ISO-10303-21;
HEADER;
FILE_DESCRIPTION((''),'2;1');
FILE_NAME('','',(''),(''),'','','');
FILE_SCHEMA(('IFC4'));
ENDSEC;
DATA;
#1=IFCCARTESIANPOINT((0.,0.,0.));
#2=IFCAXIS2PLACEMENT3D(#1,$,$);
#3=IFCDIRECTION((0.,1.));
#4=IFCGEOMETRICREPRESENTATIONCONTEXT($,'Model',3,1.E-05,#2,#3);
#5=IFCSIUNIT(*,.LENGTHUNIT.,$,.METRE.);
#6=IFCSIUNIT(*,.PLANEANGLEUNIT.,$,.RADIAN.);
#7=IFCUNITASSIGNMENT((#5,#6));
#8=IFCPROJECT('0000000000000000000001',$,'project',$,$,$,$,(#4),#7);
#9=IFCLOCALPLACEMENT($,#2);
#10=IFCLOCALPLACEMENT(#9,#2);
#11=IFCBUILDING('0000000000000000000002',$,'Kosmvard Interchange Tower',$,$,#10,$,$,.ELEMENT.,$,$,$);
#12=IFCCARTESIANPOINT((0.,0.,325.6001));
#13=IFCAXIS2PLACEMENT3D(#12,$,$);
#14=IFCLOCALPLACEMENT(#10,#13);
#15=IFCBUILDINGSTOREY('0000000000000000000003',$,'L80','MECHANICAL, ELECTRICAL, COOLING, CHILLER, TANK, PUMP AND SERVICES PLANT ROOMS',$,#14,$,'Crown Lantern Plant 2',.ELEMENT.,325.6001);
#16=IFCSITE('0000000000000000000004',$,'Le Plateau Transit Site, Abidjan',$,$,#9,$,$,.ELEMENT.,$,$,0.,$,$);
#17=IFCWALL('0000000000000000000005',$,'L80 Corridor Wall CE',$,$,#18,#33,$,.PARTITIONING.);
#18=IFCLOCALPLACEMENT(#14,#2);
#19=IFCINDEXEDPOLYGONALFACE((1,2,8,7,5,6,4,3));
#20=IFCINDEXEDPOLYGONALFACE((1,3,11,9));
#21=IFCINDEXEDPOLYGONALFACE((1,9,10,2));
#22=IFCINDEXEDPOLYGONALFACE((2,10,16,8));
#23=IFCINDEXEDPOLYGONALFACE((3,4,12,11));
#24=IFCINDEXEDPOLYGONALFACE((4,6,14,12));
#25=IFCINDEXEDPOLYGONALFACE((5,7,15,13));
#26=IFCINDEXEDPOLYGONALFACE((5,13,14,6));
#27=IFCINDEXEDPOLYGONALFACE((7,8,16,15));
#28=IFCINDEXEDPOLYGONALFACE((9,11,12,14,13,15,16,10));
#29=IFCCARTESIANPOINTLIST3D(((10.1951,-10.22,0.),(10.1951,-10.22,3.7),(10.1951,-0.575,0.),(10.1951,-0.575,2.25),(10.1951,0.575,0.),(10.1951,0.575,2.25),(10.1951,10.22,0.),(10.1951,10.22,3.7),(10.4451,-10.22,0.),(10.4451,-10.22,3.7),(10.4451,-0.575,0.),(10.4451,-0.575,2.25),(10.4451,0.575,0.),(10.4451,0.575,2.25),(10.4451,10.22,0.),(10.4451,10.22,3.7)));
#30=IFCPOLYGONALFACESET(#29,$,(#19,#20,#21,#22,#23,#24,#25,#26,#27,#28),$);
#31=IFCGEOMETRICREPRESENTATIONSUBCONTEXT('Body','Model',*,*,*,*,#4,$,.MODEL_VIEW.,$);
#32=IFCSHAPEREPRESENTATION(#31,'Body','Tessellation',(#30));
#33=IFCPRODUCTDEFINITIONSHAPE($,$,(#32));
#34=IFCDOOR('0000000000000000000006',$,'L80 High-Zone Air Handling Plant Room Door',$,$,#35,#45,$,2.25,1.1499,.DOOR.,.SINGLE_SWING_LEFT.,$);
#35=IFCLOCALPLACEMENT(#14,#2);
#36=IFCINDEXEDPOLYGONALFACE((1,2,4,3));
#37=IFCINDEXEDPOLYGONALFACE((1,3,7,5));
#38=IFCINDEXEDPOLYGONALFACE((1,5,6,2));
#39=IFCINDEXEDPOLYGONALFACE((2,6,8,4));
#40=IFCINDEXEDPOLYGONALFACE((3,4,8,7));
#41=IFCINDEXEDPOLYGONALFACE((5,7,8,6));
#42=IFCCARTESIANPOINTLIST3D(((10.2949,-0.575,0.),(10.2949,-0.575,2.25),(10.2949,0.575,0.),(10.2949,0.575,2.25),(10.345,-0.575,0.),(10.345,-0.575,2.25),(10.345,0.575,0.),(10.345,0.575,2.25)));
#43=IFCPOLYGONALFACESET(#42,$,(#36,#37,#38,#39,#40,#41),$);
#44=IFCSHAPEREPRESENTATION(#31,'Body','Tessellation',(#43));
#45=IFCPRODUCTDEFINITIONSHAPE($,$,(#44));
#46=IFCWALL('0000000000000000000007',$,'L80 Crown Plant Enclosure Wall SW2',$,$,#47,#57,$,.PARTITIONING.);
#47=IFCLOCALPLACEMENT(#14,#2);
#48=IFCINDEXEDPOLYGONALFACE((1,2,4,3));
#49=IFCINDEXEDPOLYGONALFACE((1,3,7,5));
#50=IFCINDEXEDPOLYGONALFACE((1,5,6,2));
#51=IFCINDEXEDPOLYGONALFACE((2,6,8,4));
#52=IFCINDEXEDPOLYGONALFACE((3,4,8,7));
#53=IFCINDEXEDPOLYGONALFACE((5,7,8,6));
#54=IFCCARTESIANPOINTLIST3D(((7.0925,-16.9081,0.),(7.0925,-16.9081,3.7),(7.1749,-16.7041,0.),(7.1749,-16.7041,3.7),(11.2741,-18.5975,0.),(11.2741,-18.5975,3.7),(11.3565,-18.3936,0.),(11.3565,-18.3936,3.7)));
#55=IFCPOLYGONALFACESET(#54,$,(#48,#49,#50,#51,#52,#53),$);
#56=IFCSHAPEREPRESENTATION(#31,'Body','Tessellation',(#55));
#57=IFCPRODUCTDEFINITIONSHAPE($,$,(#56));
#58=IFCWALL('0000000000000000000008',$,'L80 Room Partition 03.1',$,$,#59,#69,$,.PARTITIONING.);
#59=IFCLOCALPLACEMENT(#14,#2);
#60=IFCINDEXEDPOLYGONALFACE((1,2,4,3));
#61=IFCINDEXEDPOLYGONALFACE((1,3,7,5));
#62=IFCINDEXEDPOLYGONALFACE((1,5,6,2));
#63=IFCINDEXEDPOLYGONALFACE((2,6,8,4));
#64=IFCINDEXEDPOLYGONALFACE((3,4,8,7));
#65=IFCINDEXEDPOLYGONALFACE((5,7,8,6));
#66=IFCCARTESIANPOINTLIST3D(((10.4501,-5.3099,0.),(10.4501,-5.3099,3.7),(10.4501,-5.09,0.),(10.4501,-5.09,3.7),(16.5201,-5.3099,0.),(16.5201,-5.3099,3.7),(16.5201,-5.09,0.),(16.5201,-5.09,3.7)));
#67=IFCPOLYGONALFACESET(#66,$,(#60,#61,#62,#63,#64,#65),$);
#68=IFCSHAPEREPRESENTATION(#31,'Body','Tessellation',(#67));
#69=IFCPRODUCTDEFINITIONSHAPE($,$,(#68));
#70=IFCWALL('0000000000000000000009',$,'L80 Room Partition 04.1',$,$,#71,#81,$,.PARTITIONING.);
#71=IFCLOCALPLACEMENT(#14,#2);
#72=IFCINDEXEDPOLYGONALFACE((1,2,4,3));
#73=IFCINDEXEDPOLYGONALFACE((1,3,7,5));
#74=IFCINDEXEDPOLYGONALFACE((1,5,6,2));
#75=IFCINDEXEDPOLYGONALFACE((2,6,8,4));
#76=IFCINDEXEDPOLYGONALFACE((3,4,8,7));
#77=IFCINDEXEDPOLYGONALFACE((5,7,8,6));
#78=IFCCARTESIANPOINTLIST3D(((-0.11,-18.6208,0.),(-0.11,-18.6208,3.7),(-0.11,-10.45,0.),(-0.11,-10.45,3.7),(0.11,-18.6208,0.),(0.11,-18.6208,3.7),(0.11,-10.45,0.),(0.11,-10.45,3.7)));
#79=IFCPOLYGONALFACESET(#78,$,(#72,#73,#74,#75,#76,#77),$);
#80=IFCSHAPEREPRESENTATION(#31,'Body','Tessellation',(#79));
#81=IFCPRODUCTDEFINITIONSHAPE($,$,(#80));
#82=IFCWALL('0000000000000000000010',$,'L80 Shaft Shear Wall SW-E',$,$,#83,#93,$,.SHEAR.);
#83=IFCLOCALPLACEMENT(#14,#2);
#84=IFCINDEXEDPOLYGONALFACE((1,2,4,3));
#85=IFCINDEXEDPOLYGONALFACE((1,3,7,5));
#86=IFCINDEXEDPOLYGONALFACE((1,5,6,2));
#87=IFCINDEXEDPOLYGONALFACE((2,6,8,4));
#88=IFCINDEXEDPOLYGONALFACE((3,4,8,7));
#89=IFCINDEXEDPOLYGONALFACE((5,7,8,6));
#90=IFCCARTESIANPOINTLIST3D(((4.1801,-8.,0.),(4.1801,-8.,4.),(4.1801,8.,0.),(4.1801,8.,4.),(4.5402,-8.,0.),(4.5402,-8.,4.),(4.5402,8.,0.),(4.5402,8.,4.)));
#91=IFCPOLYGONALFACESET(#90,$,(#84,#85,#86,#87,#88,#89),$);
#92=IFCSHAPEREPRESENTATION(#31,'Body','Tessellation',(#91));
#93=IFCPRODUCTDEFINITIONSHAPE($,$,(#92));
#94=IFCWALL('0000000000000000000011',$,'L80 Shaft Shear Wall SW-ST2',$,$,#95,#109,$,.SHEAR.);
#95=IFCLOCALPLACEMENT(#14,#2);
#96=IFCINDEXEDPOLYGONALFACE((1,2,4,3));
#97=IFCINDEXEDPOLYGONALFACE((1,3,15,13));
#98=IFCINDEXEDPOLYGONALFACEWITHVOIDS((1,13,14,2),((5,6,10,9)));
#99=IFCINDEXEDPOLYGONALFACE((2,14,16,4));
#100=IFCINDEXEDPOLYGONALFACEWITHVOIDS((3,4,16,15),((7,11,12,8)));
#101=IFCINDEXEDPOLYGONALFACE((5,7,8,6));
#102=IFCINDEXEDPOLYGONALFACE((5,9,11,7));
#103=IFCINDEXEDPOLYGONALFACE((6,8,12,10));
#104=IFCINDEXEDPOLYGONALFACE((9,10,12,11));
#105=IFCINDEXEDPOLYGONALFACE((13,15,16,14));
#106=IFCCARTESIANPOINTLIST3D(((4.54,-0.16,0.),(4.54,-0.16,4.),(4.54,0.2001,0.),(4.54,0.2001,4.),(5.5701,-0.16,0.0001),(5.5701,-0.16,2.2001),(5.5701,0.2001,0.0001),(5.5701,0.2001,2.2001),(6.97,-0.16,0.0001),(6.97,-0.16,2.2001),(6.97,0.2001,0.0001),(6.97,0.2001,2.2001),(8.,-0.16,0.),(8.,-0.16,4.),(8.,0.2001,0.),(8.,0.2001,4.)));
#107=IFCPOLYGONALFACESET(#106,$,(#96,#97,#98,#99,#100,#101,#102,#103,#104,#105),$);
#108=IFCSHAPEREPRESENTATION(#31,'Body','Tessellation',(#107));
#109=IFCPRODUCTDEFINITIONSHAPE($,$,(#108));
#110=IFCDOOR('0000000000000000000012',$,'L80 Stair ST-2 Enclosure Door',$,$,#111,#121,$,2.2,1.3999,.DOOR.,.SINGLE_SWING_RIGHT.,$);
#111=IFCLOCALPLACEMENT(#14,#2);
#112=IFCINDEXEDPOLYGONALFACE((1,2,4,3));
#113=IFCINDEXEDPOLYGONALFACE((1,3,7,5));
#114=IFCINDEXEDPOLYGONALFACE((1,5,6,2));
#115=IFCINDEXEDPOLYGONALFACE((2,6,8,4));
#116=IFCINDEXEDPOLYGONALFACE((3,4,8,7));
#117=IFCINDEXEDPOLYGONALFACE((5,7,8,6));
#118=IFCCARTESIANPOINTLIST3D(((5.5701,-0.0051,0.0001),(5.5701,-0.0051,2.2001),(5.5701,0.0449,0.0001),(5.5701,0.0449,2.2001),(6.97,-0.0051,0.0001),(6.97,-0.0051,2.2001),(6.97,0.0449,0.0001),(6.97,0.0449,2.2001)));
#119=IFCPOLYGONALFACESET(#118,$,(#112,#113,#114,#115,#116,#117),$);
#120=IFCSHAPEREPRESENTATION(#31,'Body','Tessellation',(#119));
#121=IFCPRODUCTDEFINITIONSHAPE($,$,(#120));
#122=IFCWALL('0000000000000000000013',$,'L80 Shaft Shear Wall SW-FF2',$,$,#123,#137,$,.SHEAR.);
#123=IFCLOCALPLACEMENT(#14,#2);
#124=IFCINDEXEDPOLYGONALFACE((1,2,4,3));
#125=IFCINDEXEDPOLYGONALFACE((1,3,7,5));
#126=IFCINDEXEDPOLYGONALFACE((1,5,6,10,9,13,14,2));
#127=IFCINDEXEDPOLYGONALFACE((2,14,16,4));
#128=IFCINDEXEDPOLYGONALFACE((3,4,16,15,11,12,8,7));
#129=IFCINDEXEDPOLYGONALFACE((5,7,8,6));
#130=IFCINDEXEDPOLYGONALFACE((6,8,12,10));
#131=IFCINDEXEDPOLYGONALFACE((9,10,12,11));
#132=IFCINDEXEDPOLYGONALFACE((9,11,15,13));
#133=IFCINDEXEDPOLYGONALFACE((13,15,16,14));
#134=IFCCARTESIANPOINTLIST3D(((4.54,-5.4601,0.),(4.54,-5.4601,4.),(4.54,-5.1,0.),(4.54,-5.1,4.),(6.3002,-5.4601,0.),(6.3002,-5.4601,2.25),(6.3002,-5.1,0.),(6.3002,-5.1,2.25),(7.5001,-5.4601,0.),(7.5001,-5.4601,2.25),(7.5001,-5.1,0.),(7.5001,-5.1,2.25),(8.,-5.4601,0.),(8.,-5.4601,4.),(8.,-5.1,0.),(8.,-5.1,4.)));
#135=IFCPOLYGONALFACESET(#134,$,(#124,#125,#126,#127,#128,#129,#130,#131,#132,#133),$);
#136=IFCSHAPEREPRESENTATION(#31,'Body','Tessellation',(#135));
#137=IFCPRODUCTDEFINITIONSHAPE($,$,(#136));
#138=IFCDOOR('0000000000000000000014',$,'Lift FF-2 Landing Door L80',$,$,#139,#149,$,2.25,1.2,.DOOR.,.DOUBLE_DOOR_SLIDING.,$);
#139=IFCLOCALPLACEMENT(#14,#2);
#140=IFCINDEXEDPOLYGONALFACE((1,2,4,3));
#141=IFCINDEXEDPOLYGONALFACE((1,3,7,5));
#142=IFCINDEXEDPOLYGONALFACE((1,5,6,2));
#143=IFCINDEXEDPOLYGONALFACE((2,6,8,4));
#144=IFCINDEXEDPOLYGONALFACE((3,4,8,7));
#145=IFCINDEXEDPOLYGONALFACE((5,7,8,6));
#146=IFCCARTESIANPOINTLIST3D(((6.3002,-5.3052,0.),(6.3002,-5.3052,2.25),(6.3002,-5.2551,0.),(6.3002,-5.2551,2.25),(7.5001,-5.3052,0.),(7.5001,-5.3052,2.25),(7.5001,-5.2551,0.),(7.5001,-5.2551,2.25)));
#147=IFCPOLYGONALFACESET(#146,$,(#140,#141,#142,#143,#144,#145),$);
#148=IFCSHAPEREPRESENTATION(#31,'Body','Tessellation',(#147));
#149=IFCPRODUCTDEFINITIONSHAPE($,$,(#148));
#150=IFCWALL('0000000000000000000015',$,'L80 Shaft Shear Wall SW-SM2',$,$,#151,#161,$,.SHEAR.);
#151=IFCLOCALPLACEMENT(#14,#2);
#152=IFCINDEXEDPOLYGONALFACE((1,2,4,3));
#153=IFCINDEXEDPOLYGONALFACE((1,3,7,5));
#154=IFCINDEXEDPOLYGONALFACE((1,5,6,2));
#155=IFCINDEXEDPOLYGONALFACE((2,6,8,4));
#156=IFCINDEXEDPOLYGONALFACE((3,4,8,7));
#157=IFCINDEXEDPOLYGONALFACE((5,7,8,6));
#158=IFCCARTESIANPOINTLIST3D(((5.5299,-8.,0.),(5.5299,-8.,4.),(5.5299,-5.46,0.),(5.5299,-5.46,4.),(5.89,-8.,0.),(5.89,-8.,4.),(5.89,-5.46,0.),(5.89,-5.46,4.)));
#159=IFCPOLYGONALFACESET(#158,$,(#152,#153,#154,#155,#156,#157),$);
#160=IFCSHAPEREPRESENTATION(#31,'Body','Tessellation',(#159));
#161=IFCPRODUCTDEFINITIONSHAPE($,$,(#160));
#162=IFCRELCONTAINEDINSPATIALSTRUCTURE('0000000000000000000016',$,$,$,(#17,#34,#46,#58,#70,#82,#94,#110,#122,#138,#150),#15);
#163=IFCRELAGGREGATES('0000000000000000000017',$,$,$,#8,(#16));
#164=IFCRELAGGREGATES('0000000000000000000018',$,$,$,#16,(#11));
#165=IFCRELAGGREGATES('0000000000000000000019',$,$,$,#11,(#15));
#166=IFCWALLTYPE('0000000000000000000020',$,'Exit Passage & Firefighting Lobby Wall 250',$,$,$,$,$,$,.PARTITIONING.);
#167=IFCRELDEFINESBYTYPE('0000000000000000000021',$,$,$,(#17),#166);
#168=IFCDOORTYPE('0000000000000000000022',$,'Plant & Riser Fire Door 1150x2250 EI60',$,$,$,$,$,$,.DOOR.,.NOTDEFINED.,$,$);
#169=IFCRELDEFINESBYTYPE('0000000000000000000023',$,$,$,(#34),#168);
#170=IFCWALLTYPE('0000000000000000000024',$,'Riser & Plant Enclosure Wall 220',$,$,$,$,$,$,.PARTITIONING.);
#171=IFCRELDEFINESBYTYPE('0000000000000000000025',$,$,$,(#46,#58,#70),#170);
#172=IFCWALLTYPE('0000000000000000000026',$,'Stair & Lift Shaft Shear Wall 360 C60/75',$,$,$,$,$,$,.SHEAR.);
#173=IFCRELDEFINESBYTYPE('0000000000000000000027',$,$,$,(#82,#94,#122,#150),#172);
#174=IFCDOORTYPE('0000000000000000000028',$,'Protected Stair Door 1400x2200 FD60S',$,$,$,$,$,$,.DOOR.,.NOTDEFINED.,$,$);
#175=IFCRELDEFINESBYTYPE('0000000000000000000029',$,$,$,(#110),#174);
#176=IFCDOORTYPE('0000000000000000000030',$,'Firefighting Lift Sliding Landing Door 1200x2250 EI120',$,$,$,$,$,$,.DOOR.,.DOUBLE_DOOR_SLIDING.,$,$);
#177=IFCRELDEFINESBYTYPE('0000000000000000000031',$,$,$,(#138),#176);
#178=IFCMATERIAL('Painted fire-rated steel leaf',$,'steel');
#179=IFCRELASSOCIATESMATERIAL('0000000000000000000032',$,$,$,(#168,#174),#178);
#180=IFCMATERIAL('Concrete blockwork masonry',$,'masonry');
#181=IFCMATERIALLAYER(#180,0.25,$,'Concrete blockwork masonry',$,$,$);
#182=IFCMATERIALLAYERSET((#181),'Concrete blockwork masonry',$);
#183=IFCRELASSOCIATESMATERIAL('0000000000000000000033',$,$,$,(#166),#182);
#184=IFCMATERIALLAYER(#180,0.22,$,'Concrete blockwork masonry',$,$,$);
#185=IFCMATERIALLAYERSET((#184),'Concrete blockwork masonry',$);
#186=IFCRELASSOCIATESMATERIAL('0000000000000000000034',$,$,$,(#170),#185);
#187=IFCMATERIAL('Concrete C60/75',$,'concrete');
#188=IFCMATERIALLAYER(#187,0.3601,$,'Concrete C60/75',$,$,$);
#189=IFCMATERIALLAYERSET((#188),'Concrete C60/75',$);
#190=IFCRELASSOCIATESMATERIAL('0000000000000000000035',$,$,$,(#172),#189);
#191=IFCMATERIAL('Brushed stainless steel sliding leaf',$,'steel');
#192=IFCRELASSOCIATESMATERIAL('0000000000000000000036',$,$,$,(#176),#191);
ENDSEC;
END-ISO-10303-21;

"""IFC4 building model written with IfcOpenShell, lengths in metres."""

from ifc_helpers import new_model, si_unit, direction, frame, frame_2d, origin, place, context, subcontext, project, spatial, rectangle, extrude, source, transform, mapped, material, layer, layer_set, type_object, element, fill, save


model = new_model("IFC4")

# Units and contexts
model_context = context("Model", 3, precision=1e-05, world=origin(), true_north=direction((0.0, 1.0)))
body_context = subcontext(model_context, "Body", "Model", "MODEL_VIEW")
ifc_project = project(units=[si_unit("LENGTHUNIT", "METRE"), si_unit("PLANEANGLEUNIT", "RADIAN")], contexts=[model_context])

# Site, building, storey
site_placement = place(None, origin())
site = spatial("IfcSite", under=ifc_project, at=site_placement, Name="Le Plateau Transit Site, Abidjan", CompositionType="ELEMENT", RefElevation=0.0)
building_placement = place(site_placement, origin())
building = spatial("IfcBuilding", under=site, at=building_placement, Name="Kosmvard Interchange Tower", CompositionType="ELEMENT")
storey_placement = place(building_placement, frame((0.0, 0.0, 325.6001)))
storey = spatial("IfcBuildingStorey", under=building, at=storey_placement, Name="L80", Description="MECHANICAL, ELECTRICAL, COOLING, CHILLER, TANK, PUMP AND SERVICES PLANT ROOMS", LongName="Crown Lantern Plant 2", CompositionType="ELEMENT", Elevation=325.6001)

# Shared definitions
ifc_material_1 = material(Name="Painted fire-rated steel leaf", Category="steel")
door_type_1 = type_object("IfcDoorType", Name="Plant & Riser Fire Door 1150x2250 EI60", OperationType="NOTDEFINED", PredefinedType="DOOR", material=ifc_material_1)
shared_shape_1 = source(origin(), body_context, "Body", "SweptSolid", [
    extrude(rectangle(XDim=1.1499, YDim=2.25, at=frame_2d((0.575, 1.125))), frame((0.0, 0.0249, 0.0), z_axis=(0.0, -1.0, 0.0), x_axis=(1.0, 0.0, 0.0)), (0.0, 0.0, 1.0), 0.05),
])

# Wall, opening, door
ifc_material_2 = material(Name="Concrete blockwork masonry", Category="masonry")
ifc_layer_1 = layer(ifc_material_2, 0.25, Name="Concrete blockwork masonry")
ifc_layer_set_1 = layer_set([ifc_layer_1], Name="Concrete blockwork masonry")
wall_type_1 = type_object("IfcWallType", Name="Exit Passage & Firefighting Lobby Wall 250", PredefinedType="PARTITIONING", material=ifc_layer_set_1)
wall_1_placement = place(storey_placement, frame((10.3201, -10.22, 0.0), z_axis=(0.0, 0.0, 1.0), x_axis=(0.0, 1.0, 0.0)))
wall_1 = element("IfcWall", 1, at=wall_1_placement, inside=storey, type_object=wall_type_1, Name="L80 Corridor Wall CE", PredefinedType="PARTITIONING", context=body_context, shape_type="SweptSolid", body=[
    extrude(rectangle(XDim=20.4399, YDim=0.25, at=frame_2d((10.22, 0.0))), origin(), (0.0, 0.0, 1.0), 3.7),
])
opening_1_placement = place(wall_1_placement, frame((9.645, 0.0, 0.0)))
opening_1 = element("IfcOpeningElement", 2, at=opening_1_placement, cuts=wall_1, PredefinedType="OPENING", context=body_context, shape_type="SweptSolid", body=[
    extrude(rectangle(XDim=1.1499, YDim=2.25, at=frame_2d((0.575, 1.125))), frame((0.0, 0.135, 0.0), z_axis=(0.0, -1.0, 0.0), x_axis=(1.0, 0.0, 0.0)), (0.0, 0.0, 1.0), 0.27),
])
door_1_placement = place(opening_1_placement, frame((1.1499, 0.0, 0.0), z_axis=(0.0, 0.0, 1.0), x_axis=(-1.0, 0.0, 0.0)))
door_1 = element("IfcDoor", 3, at=door_1_placement, inside=storey, type_object=door_type_1, Name="L80 High-Zone Air Handling Plant Room Door", OperationType="SINGLE_SWING_LEFT", OverallHeight=2.25, OverallWidth=1.1499, PredefinedType="DOOR", context=body_context, shape_type="MappedRepresentation", body=[
    mapped(shared_shape_1, transform((0.0, 0.0, 0.0), scale=1.0)),
])
fill(opening_1, door_1)

# Walls
ifc_layer_2 = layer(ifc_material_2, 0.22, Name="Concrete blockwork masonry")
ifc_layer_set_2 = layer_set([ifc_layer_2], Name="Concrete blockwork masonry")
wall_type_2 = type_object("IfcWallType", Name="Riser & Plant Enclosure Wall 220", PredefinedType="PARTITIONING", material=ifc_layer_set_2)
wall_2_placement = place(storey_placement, frame((7.1338, -16.8062, 0.0), z_axis=(0.0, 0.0, 1.0), x_axis=(0.927187, -0.374599, 0.0)))
element("IfcWall", 4, at=wall_2_placement, inside=storey, type_object=wall_type_2, Name="L80 Crown Plant Enclosure Wall SW2", PredefinedType="PARTITIONING", context=body_context, shape_type="SweptSolid", body=[
    extrude(rectangle(XDim=4.51, YDim=0.22, at=frame_2d((2.2549, 0.0))), origin(), (0.0, 0.0, 1.0), 3.7),
])
wall_3_placement = place(storey_placement, frame((10.45, -5.2, 0.0), z_axis=(0.0, 0.0, 1.0), x_axis=(1.0, 0.0, 0.0)))
element("IfcWall", 5, at=wall_3_placement, inside=storey, type_object=wall_type_2, Name="L80 Room Partition 03.1", PredefinedType="PARTITIONING", context=body_context, shape_type="SweptSolid", body=[
    extrude(rectangle(XDim=6.0701, YDim=0.22, at=frame_2d((3.0352, 0.0))), origin(), (0.0, 0.0, 1.0), 3.7),
])
wall_4_placement = place(storey_placement, frame((0.0, -10.45, 0.0), z_axis=(0.0, 0.0, 1.0), x_axis=(0.0, -1.0, 0.0)))
element("IfcWall", 6, at=wall_4_placement, inside=storey, type_object=wall_type_2, Name="L80 Room Partition 04.1", PredefinedType="PARTITIONING", context=body_context, shape_type="SweptSolid", body=[
    extrude(rectangle(XDim=8.1709, YDim=0.22, at=frame_2d((4.0854, 0.0))), origin(), (0.0, 0.0, 1.0), 3.7),
])
ifc_material_3 = material(Name="Concrete C60/75", Category="concrete")
ifc_layer_3 = layer(ifc_material_3, 0.3601, Name="Concrete C60/75")
ifc_layer_set_3 = layer_set([ifc_layer_3], Name="Concrete C60/75")
wall_type_3 = type_object("IfcWallType", Name="Stair & Lift Shaft Shear Wall 360 C60/75", PredefinedType="SHEAR", material=ifc_layer_set_3)
wall_5_placement = place(storey_placement, frame((4.3601, -8.0, 0.0), z_axis=(0.0, 0.0, 1.0), x_axis=(0.0, 1.0, 0.0)))
element("IfcWall", 7, at=wall_5_placement, inside=storey, type_object=wall_type_3, Name="L80 Shaft Shear Wall SW-E", PredefinedType="SHEAR", context=body_context, shape_type="SweptSolid", body=[
    extrude(rectangle(XDim=16.0, YDim=0.3601, at=frame_2d((8.0, 0.0))), origin(), (0.0, 0.0, 1.0), 4.0),
])

# Walls, openings, doors
wall_6_placement = place(storey_placement, frame((4.54, 0.02, 0.0), z_axis=(0.0, 0.0, 1.0), x_axis=(1.0, 0.0, 0.0)))
wall_6 = element("IfcWall", 8, at=wall_6_placement, inside=storey, type_object=wall_type_3, Name="L80 Shaft Shear Wall SW-ST2", PredefinedType="SHEAR", context=body_context, shape_type="SweptSolid", body=[
    extrude(rectangle(XDim=3.46, YDim=0.3601, at=frame_2d((1.73, 0.0))), origin(), (0.0, 0.0, 1.0), 4.0),
])
opening_2_placement = place(wall_6_placement, frame((1.03, 0.0, 0.0)))
opening_2 = element("IfcOpeningElement", 9, at=opening_2_placement, cuts=wall_6, PredefinedType="OPENING", context=body_context, shape_type="SweptSolid", body=[
    extrude(rectangle(XDim=1.3999, YDim=2.2, at=frame_2d((0.7, 1.1001))), frame((0.0, 0.1899, 0.0), z_axis=(0.0, -1.0, 0.0), x_axis=(1.0, 0.0, 0.0)), (0.0, 0.0, 1.0), 0.3801),
])
door_type_2 = type_object("IfcDoorType", Name="Protected Stair Door 1400x2200 FD60S", OperationType="NOTDEFINED", PredefinedType="DOOR", material=ifc_material_1)
shared_shape_2 = source(origin(), body_context, "Body", "SweptSolid", [
    extrude(rectangle(XDim=1.3999, YDim=2.2, at=frame_2d((0.7, 1.1001))), frame((0.0, 0.0249, 0.0), z_axis=(0.0, -1.0, 0.0), x_axis=(1.0, 0.0, 0.0)), (0.0, 0.0, 1.0), 0.05),
])
door_2_placement = place(opening_2_placement, origin())
door_2 = element("IfcDoor", 10, at=door_2_placement, inside=storey, type_object=door_type_2, Name="L80 Stair ST-2 Enclosure Door", OperationType="SINGLE_SWING_RIGHT", OverallHeight=2.2, OverallWidth=1.3999, PredefinedType="DOOR", context=body_context, shape_type="MappedRepresentation", body=[
    mapped(shared_shape_2, transform((0.0, 0.0, 0.0), scale=1.0)),
])
fill(opening_2, door_2)
wall_7_placement = place(storey_placement, frame((4.54, -5.28, 0.0), z_axis=(0.0, 0.0, 1.0), x_axis=(1.0, 0.0, 0.0)))
wall_7 = element("IfcWall", 11, at=wall_7_placement, inside=storey, type_object=wall_type_3, Name="L80 Shaft Shear Wall SW-FF2", PredefinedType="SHEAR", context=body_context, shape_type="SweptSolid", body=[
    extrude(rectangle(XDim=3.46, YDim=0.3601, at=frame_2d((1.73, 0.0))), origin(), (0.0, 0.0, 1.0), 4.0),
])
opening_3_placement = place(wall_7_placement, frame((1.76, 0.0, 0.0)))
opening_3 = element("IfcOpeningElement", 12, at=opening_3_placement, cuts=wall_7, PredefinedType="OPENING", context=body_context, shape_type="SweptSolid", body=[
    extrude(rectangle(XDim=1.2, YDim=2.25, at=frame_2d((0.6001, 1.125))), frame((0.0, 0.1899, 0.0), z_axis=(0.0, -1.0, 0.0), x_axis=(1.0, 0.0, 0.0)), (0.0, 0.0, 1.0), 0.3801),
])
ifc_material_4 = material(Name="Brushed stainless steel sliding leaf", Category="steel")
door_type_3 = type_object("IfcDoorType", Name="Firefighting Lift Sliding Landing Door 1200x2250 EI120", OperationType="DOUBLE_DOOR_SLIDING", PredefinedType="DOOR", material=ifc_material_4)
shared_shape_3 = source(origin(), body_context, "Body", "SweptSolid", [
    extrude(rectangle(XDim=1.2, YDim=2.25, at=frame_2d((0.6001, 1.125))), frame((0.0, 0.0249, 0.0), z_axis=(0.0, -1.0, 0.0), x_axis=(1.0, 0.0, 0.0)), (0.0, 0.0, 1.0), 0.05),
])
door_3_placement = place(opening_3_placement, origin())
door_3 = element("IfcDoor", 13, at=door_3_placement, inside=storey, type_object=door_type_3, Name="Lift FF-2 Landing Door L80", OperationType="DOUBLE_DOOR_SLIDING", OverallHeight=2.25, OverallWidth=1.2, PredefinedType="DOOR", context=body_context, shape_type="MappedRepresentation", body=[
    mapped(shared_shape_3, transform((0.0, 0.0, 0.0), scale=1.0)),
])
fill(opening_3, door_3)

# Wall
wall_8_placement = place(storey_placement, frame((5.71, -8.0, 0.0), z_axis=(0.0, 0.0, 1.0), x_axis=(0.0, 1.0, 0.0)))
element("IfcWall", 14, at=wall_8_placement, inside=storey, type_object=wall_type_3, Name="L80 Shaft Shear Wall SW-SM2", PredefinedType="SHEAR", context=body_context, shape_type="SweptSolid", body=[
    extrude(rectangle(XDim=2.54, YDim=0.3601, at=frame_2d((1.27, 0.0))), origin(), (0.0, 0.0, 1.0), 4.0),
])

save(model, "model.ifc")
